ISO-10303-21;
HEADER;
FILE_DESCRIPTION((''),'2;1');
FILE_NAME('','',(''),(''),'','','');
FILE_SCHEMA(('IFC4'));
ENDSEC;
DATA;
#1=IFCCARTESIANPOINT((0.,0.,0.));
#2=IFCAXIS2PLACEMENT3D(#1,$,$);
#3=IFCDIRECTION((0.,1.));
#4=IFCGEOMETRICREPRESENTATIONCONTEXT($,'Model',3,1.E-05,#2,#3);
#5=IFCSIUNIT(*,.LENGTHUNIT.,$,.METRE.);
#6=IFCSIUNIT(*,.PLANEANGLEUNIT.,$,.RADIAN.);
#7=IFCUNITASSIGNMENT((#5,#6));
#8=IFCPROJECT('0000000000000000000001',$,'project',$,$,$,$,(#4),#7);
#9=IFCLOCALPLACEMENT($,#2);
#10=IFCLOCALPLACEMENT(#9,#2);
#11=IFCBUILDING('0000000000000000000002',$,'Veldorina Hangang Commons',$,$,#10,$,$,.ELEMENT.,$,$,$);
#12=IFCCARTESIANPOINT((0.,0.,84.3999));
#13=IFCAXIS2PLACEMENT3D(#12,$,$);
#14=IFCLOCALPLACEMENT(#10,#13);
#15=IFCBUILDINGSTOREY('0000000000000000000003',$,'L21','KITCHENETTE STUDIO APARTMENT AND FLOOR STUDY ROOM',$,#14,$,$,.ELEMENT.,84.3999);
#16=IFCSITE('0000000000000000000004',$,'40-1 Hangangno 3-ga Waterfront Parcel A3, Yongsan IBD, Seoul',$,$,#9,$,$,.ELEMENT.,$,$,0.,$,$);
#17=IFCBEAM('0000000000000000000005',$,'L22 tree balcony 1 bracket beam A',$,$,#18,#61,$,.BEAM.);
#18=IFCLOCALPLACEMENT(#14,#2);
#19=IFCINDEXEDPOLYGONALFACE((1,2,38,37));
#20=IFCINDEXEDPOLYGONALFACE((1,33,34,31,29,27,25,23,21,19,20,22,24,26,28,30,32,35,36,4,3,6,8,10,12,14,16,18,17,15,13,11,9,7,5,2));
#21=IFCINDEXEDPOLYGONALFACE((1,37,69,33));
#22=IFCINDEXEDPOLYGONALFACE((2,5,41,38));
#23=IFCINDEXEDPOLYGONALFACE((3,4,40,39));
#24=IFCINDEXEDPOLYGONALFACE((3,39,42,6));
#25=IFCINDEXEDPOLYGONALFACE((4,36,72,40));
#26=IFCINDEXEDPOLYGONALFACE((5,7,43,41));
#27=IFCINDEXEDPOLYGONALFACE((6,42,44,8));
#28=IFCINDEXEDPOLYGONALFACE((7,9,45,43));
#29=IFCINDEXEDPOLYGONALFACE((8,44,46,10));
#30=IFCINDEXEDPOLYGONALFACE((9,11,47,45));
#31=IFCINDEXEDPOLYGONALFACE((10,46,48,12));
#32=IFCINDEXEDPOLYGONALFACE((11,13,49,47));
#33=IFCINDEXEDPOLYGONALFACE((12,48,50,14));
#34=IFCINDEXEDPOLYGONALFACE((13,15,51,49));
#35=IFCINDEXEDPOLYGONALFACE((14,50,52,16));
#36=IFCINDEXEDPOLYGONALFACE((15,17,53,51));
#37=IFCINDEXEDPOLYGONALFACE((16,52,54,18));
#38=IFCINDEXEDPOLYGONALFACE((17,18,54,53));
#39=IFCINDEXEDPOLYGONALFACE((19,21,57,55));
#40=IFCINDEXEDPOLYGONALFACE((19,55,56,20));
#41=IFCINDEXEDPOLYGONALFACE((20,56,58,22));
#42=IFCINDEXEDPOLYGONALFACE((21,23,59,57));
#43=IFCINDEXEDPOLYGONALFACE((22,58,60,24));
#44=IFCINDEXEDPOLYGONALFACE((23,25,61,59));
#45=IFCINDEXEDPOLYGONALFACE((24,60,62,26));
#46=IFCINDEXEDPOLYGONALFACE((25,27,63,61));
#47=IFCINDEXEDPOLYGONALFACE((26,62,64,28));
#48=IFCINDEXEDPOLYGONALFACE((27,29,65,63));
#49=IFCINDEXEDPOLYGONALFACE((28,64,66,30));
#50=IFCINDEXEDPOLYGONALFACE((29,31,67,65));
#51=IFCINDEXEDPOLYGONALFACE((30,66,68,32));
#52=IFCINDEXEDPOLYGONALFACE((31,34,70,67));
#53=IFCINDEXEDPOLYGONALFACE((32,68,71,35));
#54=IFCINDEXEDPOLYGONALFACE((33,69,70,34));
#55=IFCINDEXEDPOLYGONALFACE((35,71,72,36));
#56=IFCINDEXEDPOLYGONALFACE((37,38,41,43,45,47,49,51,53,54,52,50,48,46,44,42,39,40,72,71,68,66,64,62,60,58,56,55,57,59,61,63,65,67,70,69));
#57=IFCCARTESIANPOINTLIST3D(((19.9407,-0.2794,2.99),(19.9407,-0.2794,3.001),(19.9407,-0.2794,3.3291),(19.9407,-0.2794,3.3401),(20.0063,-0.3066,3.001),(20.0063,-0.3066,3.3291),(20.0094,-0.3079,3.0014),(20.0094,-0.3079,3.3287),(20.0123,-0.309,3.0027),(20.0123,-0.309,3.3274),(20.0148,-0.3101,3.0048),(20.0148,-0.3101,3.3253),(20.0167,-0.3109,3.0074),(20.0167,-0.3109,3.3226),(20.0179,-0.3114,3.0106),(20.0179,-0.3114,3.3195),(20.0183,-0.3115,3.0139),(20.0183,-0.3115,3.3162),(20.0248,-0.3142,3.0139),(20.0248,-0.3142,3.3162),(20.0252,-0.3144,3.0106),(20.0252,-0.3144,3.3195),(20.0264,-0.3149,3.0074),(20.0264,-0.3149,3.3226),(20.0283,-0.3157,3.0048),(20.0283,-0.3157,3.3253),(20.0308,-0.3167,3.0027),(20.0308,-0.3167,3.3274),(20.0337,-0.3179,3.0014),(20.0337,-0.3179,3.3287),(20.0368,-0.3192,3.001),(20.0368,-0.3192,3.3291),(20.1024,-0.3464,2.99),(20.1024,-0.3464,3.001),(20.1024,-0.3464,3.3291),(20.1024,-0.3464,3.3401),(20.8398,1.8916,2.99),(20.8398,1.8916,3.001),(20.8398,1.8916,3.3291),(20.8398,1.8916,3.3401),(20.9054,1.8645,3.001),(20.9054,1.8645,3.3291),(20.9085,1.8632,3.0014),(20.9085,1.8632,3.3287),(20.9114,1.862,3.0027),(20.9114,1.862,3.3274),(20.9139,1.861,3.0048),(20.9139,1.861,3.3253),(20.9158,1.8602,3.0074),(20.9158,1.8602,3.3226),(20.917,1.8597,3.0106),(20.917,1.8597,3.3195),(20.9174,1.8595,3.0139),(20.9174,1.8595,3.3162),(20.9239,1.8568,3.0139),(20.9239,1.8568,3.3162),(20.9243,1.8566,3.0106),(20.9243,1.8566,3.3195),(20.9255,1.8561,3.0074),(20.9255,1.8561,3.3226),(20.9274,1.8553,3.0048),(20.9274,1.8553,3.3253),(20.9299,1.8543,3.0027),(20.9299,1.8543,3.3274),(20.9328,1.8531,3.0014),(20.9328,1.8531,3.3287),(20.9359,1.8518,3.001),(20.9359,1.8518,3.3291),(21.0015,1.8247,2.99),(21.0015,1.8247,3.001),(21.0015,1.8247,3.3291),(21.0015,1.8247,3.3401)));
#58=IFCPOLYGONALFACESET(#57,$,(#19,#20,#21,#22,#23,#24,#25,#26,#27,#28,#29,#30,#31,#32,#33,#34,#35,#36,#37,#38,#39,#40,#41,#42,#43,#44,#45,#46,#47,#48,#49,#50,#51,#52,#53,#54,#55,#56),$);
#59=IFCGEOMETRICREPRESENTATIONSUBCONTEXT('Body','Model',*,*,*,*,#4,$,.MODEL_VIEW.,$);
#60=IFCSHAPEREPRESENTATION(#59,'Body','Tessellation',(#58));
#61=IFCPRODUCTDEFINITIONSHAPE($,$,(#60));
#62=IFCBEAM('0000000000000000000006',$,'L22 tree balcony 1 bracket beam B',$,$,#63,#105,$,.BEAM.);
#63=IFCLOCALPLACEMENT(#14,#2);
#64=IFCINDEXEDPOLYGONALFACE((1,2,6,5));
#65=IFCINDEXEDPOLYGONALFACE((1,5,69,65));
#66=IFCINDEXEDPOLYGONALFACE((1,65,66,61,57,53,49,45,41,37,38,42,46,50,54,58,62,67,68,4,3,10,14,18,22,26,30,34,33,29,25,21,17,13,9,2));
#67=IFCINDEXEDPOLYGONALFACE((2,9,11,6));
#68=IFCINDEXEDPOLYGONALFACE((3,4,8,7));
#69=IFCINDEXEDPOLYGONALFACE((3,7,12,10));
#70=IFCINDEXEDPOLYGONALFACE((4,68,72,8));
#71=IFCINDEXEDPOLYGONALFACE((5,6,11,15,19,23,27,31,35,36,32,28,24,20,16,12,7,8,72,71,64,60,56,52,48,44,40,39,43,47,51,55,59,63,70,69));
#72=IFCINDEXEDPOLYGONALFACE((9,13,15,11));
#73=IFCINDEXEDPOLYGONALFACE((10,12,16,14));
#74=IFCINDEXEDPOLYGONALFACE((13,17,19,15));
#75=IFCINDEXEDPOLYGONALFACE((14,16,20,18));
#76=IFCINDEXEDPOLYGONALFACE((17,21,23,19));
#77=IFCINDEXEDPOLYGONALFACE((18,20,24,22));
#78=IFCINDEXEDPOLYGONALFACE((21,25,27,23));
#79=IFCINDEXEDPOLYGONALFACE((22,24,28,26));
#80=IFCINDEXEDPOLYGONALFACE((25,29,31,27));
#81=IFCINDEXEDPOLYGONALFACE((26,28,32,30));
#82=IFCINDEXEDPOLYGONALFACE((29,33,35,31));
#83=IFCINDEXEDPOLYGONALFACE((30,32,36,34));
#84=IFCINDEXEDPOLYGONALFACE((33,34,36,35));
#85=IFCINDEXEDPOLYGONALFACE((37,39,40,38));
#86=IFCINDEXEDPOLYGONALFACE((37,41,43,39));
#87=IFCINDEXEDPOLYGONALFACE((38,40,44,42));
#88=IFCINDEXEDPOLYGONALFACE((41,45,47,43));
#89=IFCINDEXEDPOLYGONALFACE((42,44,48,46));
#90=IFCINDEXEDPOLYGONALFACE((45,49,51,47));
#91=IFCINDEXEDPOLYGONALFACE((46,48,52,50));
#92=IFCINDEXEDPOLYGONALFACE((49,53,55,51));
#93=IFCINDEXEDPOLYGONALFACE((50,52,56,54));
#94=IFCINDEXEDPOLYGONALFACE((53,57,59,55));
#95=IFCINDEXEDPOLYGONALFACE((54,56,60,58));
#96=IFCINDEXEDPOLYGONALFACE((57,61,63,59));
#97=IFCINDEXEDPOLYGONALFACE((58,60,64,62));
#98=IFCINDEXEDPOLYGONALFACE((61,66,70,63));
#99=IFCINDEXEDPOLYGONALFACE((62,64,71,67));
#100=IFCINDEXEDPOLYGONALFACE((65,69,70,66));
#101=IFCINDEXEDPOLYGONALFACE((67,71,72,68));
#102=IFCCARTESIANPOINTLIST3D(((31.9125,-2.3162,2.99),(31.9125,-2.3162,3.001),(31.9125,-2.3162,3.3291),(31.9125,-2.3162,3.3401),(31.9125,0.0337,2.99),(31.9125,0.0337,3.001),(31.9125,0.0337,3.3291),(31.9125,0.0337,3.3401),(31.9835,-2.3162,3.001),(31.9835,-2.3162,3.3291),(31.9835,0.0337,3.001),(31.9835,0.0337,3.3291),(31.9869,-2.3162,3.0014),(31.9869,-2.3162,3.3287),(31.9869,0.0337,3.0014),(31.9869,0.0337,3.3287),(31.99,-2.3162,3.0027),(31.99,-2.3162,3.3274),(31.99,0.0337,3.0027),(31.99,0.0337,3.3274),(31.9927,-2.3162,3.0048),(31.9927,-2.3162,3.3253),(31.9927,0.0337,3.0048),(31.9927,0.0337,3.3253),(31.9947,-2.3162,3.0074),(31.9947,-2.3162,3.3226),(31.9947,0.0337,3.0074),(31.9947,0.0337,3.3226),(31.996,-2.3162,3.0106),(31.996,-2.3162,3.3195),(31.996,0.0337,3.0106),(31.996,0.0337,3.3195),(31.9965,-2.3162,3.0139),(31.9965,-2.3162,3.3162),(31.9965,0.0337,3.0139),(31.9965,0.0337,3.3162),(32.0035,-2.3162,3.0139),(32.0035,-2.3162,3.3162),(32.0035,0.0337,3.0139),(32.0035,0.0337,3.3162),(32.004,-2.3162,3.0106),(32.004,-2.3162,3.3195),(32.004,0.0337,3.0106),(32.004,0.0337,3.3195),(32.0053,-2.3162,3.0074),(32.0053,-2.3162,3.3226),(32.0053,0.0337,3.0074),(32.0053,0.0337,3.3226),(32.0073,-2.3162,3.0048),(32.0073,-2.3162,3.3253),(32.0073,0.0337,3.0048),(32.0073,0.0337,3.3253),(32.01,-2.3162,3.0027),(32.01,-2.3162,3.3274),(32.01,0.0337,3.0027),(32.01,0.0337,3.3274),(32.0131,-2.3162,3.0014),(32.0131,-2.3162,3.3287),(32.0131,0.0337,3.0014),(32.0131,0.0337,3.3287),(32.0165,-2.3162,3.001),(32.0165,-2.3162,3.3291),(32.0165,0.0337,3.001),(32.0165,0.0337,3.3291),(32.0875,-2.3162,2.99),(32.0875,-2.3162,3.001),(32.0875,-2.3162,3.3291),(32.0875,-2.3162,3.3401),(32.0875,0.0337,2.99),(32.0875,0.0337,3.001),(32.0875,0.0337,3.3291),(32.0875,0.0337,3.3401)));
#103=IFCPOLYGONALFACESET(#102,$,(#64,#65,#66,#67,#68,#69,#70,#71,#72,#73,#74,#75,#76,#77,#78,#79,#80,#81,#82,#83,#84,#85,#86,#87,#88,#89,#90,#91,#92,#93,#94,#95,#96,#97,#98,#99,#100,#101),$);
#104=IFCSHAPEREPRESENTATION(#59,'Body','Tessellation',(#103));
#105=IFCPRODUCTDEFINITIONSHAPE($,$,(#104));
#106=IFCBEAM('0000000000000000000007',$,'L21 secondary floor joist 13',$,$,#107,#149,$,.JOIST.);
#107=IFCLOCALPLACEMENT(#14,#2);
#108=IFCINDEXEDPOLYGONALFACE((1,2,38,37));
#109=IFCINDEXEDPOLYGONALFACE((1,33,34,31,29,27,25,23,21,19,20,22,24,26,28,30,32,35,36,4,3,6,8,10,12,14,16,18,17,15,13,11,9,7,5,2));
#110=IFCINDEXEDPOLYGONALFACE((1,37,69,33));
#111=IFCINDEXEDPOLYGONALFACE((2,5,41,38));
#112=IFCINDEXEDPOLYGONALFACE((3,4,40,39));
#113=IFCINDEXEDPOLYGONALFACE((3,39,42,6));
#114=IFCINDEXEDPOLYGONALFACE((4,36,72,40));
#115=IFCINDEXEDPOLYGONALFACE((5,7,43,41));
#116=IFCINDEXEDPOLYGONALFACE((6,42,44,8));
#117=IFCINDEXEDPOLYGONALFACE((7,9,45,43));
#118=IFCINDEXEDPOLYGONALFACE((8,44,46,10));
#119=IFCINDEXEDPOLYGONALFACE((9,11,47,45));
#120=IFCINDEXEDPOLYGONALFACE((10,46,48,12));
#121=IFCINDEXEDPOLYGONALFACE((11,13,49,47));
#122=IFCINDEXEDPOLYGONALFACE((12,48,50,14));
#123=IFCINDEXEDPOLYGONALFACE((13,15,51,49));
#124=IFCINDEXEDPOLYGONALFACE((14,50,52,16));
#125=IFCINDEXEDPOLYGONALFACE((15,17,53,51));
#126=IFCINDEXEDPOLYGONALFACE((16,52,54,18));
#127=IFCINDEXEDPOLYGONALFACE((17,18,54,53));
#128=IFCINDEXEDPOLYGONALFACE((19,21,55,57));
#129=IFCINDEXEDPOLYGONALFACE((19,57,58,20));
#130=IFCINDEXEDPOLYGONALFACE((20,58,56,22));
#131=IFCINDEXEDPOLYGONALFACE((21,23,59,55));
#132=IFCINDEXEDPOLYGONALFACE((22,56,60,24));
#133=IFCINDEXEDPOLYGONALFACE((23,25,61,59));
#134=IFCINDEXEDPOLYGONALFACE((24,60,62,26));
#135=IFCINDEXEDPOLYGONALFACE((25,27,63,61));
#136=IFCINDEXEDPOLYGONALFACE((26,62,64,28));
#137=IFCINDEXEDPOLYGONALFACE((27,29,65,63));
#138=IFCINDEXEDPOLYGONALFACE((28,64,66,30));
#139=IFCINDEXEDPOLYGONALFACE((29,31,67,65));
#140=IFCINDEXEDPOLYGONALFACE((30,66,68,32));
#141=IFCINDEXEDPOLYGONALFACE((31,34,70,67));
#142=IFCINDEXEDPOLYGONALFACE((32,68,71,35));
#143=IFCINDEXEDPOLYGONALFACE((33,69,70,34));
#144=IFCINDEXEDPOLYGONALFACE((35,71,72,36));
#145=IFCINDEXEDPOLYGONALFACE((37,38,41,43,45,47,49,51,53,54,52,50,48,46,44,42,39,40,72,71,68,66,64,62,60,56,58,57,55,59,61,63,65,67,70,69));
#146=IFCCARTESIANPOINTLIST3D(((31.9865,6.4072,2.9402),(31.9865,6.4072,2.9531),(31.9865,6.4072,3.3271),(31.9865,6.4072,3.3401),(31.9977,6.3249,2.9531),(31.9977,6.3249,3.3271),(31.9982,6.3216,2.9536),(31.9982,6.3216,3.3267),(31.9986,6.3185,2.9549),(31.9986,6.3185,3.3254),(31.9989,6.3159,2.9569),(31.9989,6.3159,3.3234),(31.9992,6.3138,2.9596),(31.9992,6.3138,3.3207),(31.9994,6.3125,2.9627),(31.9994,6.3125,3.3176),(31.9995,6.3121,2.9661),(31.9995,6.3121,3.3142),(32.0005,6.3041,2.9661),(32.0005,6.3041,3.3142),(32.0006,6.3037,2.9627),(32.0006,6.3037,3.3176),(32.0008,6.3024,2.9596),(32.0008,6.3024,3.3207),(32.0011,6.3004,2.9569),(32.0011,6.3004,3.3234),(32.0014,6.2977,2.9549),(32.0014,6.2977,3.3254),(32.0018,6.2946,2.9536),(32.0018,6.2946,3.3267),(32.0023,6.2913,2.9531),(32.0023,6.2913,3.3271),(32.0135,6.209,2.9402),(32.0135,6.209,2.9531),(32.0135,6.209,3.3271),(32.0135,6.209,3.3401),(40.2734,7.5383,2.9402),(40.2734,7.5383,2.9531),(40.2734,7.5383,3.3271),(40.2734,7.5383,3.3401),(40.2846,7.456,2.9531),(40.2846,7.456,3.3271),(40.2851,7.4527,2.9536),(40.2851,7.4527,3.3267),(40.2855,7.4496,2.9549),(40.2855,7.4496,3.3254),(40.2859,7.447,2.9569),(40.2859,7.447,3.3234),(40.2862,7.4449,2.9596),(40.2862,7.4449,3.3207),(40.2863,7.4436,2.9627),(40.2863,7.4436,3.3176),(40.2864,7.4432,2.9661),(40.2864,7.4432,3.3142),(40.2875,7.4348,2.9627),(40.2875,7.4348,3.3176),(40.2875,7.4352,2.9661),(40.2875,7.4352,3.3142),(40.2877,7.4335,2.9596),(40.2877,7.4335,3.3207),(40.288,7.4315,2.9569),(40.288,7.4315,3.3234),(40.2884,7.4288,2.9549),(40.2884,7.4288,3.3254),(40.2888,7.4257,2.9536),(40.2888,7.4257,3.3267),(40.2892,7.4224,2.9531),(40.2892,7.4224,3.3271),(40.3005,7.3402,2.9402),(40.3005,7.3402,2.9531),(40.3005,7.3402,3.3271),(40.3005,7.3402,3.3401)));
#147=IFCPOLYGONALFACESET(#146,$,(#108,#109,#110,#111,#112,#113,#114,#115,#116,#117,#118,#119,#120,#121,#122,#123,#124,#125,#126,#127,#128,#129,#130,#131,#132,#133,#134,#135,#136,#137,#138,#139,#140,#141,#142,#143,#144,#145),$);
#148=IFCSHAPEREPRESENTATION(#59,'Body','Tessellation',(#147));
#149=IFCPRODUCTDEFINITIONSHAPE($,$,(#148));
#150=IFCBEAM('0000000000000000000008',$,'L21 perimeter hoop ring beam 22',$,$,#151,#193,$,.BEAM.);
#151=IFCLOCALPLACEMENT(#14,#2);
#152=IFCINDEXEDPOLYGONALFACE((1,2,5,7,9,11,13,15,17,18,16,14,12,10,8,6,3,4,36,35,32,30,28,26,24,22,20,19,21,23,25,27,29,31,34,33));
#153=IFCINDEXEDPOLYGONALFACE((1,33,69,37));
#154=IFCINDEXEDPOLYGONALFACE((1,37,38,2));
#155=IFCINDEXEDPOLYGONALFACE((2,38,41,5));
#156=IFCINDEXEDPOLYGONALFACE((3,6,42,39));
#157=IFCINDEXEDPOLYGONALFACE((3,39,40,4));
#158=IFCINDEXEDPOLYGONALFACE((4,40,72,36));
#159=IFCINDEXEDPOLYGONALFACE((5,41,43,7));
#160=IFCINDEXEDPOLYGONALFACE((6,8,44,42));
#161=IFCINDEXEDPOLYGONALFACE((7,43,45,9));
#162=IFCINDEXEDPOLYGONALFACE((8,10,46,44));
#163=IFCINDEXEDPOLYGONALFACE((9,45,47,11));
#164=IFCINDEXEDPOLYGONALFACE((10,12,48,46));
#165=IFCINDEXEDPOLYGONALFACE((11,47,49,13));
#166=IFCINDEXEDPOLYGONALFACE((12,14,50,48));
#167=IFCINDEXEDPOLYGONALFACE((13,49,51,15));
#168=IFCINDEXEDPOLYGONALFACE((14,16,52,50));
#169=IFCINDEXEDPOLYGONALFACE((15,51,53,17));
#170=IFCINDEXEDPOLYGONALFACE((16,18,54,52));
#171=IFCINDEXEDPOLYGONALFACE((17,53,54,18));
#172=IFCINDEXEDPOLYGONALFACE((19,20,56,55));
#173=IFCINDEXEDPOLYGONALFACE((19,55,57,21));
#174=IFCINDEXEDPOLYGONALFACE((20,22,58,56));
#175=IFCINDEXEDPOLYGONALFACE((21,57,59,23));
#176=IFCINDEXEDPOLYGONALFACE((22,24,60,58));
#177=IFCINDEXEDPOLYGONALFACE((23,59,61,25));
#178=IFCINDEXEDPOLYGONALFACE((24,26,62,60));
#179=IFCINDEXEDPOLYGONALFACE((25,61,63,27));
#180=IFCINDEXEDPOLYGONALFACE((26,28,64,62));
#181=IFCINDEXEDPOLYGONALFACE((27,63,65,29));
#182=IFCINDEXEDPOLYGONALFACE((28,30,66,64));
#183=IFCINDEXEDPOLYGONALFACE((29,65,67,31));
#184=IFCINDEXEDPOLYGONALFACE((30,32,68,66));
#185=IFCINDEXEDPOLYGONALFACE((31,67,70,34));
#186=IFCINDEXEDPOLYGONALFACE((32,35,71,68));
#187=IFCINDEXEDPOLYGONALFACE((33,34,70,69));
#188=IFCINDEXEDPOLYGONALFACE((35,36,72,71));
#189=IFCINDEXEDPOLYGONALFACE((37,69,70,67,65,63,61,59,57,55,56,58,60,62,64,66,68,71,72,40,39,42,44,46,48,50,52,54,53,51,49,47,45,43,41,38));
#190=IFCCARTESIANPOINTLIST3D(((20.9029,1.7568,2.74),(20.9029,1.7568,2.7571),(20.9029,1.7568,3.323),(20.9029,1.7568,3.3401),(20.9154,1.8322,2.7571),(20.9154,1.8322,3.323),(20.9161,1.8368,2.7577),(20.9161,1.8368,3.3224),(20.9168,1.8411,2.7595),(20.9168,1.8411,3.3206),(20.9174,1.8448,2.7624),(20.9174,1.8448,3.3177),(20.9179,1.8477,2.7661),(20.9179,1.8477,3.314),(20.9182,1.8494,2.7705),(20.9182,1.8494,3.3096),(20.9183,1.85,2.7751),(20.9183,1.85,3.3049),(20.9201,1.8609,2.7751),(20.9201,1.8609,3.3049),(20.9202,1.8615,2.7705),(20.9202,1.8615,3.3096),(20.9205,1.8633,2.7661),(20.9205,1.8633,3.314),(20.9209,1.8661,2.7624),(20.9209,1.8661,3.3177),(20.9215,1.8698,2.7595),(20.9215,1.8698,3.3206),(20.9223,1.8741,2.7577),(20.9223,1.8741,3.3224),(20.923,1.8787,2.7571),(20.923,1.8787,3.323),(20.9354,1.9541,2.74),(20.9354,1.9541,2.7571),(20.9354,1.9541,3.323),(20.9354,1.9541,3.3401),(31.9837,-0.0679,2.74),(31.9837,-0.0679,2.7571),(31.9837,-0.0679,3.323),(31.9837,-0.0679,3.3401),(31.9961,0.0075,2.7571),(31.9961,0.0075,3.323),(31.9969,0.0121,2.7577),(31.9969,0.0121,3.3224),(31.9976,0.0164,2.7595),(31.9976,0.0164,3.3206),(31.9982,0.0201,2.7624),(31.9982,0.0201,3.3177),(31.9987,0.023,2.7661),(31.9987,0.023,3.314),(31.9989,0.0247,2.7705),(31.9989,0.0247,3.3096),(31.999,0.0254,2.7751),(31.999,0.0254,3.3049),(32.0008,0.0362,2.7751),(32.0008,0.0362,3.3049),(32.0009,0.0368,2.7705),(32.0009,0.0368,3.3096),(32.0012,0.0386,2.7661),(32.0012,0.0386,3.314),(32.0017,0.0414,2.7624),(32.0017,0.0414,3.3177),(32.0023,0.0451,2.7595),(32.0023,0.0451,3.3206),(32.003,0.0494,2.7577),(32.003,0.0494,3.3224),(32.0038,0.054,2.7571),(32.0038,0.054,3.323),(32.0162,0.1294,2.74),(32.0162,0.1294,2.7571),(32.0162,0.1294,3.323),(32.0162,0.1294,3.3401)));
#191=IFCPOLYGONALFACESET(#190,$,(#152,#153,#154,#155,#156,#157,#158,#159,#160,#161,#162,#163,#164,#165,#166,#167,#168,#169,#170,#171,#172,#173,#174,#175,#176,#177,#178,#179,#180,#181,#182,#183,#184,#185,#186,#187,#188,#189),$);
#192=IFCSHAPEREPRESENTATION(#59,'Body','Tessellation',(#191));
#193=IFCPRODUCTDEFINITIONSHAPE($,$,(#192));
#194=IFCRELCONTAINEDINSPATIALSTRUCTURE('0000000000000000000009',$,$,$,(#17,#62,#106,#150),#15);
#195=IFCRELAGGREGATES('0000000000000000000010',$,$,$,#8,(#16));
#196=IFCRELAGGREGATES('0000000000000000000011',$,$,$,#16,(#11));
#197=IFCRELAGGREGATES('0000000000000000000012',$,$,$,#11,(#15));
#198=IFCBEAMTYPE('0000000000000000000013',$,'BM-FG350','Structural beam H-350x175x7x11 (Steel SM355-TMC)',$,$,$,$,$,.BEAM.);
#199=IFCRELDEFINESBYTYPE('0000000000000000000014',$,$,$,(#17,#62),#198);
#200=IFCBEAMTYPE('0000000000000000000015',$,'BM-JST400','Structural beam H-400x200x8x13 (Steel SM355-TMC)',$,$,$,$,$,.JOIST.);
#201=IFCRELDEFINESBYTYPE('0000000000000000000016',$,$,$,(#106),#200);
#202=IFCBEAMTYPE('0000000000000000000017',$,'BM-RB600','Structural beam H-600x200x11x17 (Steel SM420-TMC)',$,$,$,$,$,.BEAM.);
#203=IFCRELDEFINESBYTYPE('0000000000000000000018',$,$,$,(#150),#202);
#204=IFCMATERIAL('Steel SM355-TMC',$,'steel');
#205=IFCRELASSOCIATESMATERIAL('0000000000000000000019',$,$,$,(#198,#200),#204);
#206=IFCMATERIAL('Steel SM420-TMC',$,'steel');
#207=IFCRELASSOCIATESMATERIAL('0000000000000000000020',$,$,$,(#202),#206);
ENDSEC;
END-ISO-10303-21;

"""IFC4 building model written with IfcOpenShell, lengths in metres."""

from ifc_helpers import new_model, si_unit, direction, frame, origin, origin_2d, place, context, subcontext, project, spatial, i_section, extrude, material, material_profile, profile_set, type_object, element, save


model = new_model("IFC4")

# Units and contexts
model_context = context("Model", 3, precision=1e-05, world=origin(), true_north=direction((0.0, 1.0)))
body_context = subcontext(model_context, "Body", "Model", "MODEL_VIEW")
ifc_project = project(units=[si_unit("LENGTHUNIT", "METRE"), si_unit("PLANEANGLEUNIT", "RADIAN")], contexts=[model_context])

# Site, building, storey
site_placement = place(None, origin())
site = spatial("IfcSite", under=ifc_project, at=site_placement, Name="40-1 Hangangno 3-ga Waterfront Parcel A3, Yongsan IBD, Seoul", CompositionType="ELEMENT", RefElevation=0.0)
building_placement = place(site_placement, origin())
building = spatial("IfcBuilding", under=site, at=building_placement, Name="Veldorina Hangang Commons", CompositionType="ELEMENT")
storey_placement = place(building_placement, frame((0.0, 0.0, 84.3999)))
storey = spatial("IfcBuildingStorey", under=building, at=storey_placement, Name="L21", Description="KITCHENETTE STUDIO APARTMENT AND FLOOR STUDY ROOM", CompositionType="ELEMENT", Elevation=84.3999)

# Beams
ifc_material_1 = material(Name="Steel SM355-TMC", Category="steel")
ifc_material_profile_1 = material_profile(ifc_material_1, i_section(OverallWidth=0.175, OverallDepth=0.3501, WebThickness=0.0071, FlangeThickness=0.011, FilletRadius=0.0129, at=origin_2d()), Name="H-350x175x7x11")
ifc_profile_set_1 = profile_set([ifc_material_profile_1], Name="Steel SM355-TMC")
beam_type_1 = type_object("IfcBeamType", Name="BM-FG350", Description="Structural beam H-350x175x7x11 (Steel SM355-TMC)", PredefinedType="BEAM", material=ifc_profile_set_1)
for number, where, z_axis, x_axis, name in (
    (1, (20.9207, 1.8582, 3.165), (-0.38263, -0.923902, 0.0), (0.923902, -0.38263, 0.0), "L22 tree balcony 1 bracket beam A"),
    (2, (32.0, 0.0337, 3.165), (0.0, -1.0, 0.0), (1.0, 0.0, 0.0), "L22 tree balcony 1 bracket beam B"),
):
    element("IfcBeam", number, at=place(storey_placement, frame(where, z_axis=z_axis, x_axis=x_axis)), inside=storey, type_object=beam_type_1, Name=name, PredefinedType="BEAM", context=body_context, shape_type="SweptSolid", body=[
        extrude(i_section(OverallWidth=0.175, OverallDepth=0.3501, WebThickness=0.0071, FlangeThickness=0.011, FilletRadius=0.0129, at=origin_2d()), origin(), (0.0, 0.0, 1.0), 2.3499),
    ])
ifc_material_profile_2 = material_profile(ifc_material_1, i_section(OverallWidth=0.2, OverallDepth=0.3999, WebThickness=0.0081, FlangeThickness=0.0129, FilletRadius=0.0129, at=origin_2d()), Name="H-400x200x8x13")
ifc_profile_set_2 = profile_set([ifc_material_profile_2], Name="Steel SM355-TMC")
beam_type_2 = type_object("IfcBeamType", Name="BM-JST400", Description="Structural beam H-400x200x8x13 (Steel SM355-TMC)", PredefinedType="JOIST", material=ifc_profile_set_2)
beam_placement = place(storey_placement, frame((32.0, 6.3081, 3.1401), z_axis=(0.990813, 0.13524, 0.0), x_axis=(-0.13524, 0.990813, 0.0)))
element("IfcBeam", 3, at=beam_placement, inside=storey, type_object=beam_type_2, Name="L21 secondary floor joist 13", PredefinedType="JOIST", context=body_context, shape_type="SweptSolid", body=[
    extrude(i_section(OverallWidth=0.2, OverallDepth=0.3999, WebThickness=0.0081, FlangeThickness=0.0129, FilletRadius=0.0129, at=origin_2d()), origin(), (0.0, 0.0, 1.0), 8.3638),
])
ifc_material_2 = material(Name="Steel SM420-TMC", Category="steel")
ifc_material_profile_3 = material_profile(ifc_material_2, i_section(OverallWidth=0.2, OverallDepth=0.6001, WebThickness=0.011, FlangeThickness=0.0171, FilletRadius=0.0181, at=origin_2d()), Name="H-600x200x11x17")
ifc_profile_set_3 = profile_set([ifc_material_profile_3], Name="Steel SM420-TMC")
beam_type_3 = type_object("IfcBeamType", Name="BM-RB600", Description="Structural beam H-600x200x11x17 (Steel SM420-TMC)", PredefinedType="BEAM", material=ifc_profile_set_3)
for number, where, z_axis, x_axis, name in (
    (4, (20.9192, 1.8555, 3.04), (0.986711, -0.162484, 0.0), (0.162484, 0.986711, 0.0), "L21 perimeter hoop ring beam 22"),
):
    element("IfcBeam", number, at=place(storey_placement, frame(where, z_axis=z_axis, x_axis=x_axis)), inside=storey, type_object=beam_type_3, Name=name, PredefinedType="BEAM", context=body_context, shape_type="SweptSolid", body=[
        extrude(i_section(OverallWidth=0.2, OverallDepth=0.6001, WebThickness=0.011, FlangeThickness=0.0171, FilletRadius=0.0181, at=origin_2d()), origin(), (0.0, 0.0, 1.0), 11.23),
    ])

save(model, "model.ifc")
